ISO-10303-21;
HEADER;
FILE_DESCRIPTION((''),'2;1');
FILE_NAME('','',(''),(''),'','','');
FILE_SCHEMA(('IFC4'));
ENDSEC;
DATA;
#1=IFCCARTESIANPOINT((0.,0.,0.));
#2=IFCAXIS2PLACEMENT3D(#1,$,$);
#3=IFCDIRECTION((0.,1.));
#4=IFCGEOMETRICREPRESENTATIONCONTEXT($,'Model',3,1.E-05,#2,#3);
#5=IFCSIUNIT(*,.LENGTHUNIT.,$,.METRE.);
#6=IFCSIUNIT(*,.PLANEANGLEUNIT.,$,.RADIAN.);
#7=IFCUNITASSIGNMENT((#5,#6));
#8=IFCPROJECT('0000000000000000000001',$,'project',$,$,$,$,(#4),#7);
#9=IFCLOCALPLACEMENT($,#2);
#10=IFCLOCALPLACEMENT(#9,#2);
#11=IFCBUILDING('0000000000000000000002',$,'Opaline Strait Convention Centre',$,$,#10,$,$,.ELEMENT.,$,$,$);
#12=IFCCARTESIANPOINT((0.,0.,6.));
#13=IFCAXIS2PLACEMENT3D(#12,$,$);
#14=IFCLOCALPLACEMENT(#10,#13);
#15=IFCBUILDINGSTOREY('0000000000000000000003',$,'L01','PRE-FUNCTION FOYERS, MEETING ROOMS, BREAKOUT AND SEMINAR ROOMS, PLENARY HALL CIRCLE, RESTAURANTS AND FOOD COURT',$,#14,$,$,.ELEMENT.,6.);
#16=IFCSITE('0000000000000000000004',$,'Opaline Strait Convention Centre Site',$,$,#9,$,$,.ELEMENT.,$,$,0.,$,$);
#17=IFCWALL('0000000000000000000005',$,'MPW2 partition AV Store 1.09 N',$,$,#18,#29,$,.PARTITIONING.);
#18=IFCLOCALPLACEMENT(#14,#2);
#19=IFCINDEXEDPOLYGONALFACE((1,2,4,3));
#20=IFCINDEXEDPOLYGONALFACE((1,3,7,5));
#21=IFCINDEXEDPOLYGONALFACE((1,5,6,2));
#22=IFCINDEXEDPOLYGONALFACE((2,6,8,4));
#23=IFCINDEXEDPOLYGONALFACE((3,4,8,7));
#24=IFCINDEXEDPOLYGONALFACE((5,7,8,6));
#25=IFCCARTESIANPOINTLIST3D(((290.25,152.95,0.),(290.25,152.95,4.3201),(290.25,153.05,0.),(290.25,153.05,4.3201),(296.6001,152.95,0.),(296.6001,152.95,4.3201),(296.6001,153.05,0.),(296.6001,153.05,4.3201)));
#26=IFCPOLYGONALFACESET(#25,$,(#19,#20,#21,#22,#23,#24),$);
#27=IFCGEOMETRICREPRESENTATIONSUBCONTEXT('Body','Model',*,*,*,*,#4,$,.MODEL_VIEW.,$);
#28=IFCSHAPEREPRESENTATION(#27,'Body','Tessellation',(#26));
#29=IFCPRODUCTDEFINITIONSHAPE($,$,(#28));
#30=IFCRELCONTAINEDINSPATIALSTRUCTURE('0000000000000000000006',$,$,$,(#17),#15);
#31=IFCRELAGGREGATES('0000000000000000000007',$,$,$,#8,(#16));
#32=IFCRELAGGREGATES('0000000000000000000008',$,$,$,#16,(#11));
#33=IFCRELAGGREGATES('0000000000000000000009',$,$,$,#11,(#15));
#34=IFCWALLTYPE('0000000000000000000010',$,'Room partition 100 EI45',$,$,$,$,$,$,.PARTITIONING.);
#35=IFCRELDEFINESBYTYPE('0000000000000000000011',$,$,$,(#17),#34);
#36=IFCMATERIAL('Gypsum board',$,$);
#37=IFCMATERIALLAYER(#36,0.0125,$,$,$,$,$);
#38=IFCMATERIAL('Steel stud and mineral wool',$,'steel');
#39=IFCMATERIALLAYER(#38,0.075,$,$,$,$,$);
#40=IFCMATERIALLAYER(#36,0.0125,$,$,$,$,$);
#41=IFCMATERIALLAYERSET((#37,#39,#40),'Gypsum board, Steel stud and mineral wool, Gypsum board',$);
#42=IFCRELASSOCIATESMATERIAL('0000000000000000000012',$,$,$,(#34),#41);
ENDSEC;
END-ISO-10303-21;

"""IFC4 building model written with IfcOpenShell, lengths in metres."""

from ifc_helpers import new_model, si_unit, direction, frame, frame_2d, origin, place, context, subcontext, project, spatial, rectangle, extrude, material, layer, layer_set, type_object, element, save


model = new_model("IFC4")

# Units and contexts
model_context = context("Model", 3, precision=1e-05, world=origin(), true_north=direction((0.0, 1.0)))
body_context = subcontext(model_context, "Body", "Model", "MODEL_VIEW")
ifc_project = project(units=[si_unit("LENGTHUNIT", "METRE"), si_unit("PLANEANGLEUNIT", "RADIAN")], contexts=[model_context])

# Site, building, storey
site_placement = place(None, origin())
site = spatial("IfcSite", under=ifc_project, at=site_placement, Name="Opaline Strait Convention Centre Site", CompositionType="ELEMENT", RefElevation=0.0)
building_placement = place(site_placement, origin())
building = spatial("IfcBuilding", under=site, at=building_placement, Name="Opaline Strait Convention Centre", CompositionType="ELEMENT")
storey_placement = place(building_placement, frame((0.0, 0.0, 6.0)))
storey = spatial("IfcBuildingStorey", under=building, at=storey_placement, Name="L01", Description="PRE-FUNCTION FOYERS, MEETING ROOMS, BREAKOUT AND SEMINAR ROOMS, PLENARY HALL CIRCLE, RESTAURANTS AND FOOD COURT", CompositionType="ELEMENT", Elevation=6.0)

# Shared definitions
ifc_material_1 = material(Name="Gypsum board")
ifc_material_2 = material(Name="Steel stud and mineral wool", Category="steel")

# Wall
ifc_layer_1 = layer(ifc_material_1, 0.0125)
ifc_layer_2 = layer(ifc_material_2, 0.075)
ifc_layer_3 = layer(ifc_material_1, 0.0125)
ifc_layer_set_1 = layer_set([ifc_layer_1, ifc_layer_2, ifc_layer_3], Name="Gypsum board, Steel stud and mineral wool, Gypsum board")
wall_type_1 = type_object("IfcWallType", Name="Room partition 100 EI45", PredefinedType="PARTITIONING", material=ifc_layer_set_1)
wall_1_placement = place(storey_placement, frame((290.25, 153.0, 0.0), z_axis=(0.0, 0.0, 1.0), x_axis=(1.0, 0.0, 0.0)))
element("IfcWall", 1, at=wall_1_placement, inside=storey, type_object=wall_type_1, Name="MPW2 partition AV Store 1.09 N", PredefinedType="PARTITIONING", context=body_context, shape_type="SweptSolid", body=[
    extrude(rectangle(XDim=6.3501, YDim=0.1001, at=frame_2d((3.175, 0.0))), origin(), (0.0, 0.0, 1.0), 4.3201),
])

save(model, "model.ifc")
